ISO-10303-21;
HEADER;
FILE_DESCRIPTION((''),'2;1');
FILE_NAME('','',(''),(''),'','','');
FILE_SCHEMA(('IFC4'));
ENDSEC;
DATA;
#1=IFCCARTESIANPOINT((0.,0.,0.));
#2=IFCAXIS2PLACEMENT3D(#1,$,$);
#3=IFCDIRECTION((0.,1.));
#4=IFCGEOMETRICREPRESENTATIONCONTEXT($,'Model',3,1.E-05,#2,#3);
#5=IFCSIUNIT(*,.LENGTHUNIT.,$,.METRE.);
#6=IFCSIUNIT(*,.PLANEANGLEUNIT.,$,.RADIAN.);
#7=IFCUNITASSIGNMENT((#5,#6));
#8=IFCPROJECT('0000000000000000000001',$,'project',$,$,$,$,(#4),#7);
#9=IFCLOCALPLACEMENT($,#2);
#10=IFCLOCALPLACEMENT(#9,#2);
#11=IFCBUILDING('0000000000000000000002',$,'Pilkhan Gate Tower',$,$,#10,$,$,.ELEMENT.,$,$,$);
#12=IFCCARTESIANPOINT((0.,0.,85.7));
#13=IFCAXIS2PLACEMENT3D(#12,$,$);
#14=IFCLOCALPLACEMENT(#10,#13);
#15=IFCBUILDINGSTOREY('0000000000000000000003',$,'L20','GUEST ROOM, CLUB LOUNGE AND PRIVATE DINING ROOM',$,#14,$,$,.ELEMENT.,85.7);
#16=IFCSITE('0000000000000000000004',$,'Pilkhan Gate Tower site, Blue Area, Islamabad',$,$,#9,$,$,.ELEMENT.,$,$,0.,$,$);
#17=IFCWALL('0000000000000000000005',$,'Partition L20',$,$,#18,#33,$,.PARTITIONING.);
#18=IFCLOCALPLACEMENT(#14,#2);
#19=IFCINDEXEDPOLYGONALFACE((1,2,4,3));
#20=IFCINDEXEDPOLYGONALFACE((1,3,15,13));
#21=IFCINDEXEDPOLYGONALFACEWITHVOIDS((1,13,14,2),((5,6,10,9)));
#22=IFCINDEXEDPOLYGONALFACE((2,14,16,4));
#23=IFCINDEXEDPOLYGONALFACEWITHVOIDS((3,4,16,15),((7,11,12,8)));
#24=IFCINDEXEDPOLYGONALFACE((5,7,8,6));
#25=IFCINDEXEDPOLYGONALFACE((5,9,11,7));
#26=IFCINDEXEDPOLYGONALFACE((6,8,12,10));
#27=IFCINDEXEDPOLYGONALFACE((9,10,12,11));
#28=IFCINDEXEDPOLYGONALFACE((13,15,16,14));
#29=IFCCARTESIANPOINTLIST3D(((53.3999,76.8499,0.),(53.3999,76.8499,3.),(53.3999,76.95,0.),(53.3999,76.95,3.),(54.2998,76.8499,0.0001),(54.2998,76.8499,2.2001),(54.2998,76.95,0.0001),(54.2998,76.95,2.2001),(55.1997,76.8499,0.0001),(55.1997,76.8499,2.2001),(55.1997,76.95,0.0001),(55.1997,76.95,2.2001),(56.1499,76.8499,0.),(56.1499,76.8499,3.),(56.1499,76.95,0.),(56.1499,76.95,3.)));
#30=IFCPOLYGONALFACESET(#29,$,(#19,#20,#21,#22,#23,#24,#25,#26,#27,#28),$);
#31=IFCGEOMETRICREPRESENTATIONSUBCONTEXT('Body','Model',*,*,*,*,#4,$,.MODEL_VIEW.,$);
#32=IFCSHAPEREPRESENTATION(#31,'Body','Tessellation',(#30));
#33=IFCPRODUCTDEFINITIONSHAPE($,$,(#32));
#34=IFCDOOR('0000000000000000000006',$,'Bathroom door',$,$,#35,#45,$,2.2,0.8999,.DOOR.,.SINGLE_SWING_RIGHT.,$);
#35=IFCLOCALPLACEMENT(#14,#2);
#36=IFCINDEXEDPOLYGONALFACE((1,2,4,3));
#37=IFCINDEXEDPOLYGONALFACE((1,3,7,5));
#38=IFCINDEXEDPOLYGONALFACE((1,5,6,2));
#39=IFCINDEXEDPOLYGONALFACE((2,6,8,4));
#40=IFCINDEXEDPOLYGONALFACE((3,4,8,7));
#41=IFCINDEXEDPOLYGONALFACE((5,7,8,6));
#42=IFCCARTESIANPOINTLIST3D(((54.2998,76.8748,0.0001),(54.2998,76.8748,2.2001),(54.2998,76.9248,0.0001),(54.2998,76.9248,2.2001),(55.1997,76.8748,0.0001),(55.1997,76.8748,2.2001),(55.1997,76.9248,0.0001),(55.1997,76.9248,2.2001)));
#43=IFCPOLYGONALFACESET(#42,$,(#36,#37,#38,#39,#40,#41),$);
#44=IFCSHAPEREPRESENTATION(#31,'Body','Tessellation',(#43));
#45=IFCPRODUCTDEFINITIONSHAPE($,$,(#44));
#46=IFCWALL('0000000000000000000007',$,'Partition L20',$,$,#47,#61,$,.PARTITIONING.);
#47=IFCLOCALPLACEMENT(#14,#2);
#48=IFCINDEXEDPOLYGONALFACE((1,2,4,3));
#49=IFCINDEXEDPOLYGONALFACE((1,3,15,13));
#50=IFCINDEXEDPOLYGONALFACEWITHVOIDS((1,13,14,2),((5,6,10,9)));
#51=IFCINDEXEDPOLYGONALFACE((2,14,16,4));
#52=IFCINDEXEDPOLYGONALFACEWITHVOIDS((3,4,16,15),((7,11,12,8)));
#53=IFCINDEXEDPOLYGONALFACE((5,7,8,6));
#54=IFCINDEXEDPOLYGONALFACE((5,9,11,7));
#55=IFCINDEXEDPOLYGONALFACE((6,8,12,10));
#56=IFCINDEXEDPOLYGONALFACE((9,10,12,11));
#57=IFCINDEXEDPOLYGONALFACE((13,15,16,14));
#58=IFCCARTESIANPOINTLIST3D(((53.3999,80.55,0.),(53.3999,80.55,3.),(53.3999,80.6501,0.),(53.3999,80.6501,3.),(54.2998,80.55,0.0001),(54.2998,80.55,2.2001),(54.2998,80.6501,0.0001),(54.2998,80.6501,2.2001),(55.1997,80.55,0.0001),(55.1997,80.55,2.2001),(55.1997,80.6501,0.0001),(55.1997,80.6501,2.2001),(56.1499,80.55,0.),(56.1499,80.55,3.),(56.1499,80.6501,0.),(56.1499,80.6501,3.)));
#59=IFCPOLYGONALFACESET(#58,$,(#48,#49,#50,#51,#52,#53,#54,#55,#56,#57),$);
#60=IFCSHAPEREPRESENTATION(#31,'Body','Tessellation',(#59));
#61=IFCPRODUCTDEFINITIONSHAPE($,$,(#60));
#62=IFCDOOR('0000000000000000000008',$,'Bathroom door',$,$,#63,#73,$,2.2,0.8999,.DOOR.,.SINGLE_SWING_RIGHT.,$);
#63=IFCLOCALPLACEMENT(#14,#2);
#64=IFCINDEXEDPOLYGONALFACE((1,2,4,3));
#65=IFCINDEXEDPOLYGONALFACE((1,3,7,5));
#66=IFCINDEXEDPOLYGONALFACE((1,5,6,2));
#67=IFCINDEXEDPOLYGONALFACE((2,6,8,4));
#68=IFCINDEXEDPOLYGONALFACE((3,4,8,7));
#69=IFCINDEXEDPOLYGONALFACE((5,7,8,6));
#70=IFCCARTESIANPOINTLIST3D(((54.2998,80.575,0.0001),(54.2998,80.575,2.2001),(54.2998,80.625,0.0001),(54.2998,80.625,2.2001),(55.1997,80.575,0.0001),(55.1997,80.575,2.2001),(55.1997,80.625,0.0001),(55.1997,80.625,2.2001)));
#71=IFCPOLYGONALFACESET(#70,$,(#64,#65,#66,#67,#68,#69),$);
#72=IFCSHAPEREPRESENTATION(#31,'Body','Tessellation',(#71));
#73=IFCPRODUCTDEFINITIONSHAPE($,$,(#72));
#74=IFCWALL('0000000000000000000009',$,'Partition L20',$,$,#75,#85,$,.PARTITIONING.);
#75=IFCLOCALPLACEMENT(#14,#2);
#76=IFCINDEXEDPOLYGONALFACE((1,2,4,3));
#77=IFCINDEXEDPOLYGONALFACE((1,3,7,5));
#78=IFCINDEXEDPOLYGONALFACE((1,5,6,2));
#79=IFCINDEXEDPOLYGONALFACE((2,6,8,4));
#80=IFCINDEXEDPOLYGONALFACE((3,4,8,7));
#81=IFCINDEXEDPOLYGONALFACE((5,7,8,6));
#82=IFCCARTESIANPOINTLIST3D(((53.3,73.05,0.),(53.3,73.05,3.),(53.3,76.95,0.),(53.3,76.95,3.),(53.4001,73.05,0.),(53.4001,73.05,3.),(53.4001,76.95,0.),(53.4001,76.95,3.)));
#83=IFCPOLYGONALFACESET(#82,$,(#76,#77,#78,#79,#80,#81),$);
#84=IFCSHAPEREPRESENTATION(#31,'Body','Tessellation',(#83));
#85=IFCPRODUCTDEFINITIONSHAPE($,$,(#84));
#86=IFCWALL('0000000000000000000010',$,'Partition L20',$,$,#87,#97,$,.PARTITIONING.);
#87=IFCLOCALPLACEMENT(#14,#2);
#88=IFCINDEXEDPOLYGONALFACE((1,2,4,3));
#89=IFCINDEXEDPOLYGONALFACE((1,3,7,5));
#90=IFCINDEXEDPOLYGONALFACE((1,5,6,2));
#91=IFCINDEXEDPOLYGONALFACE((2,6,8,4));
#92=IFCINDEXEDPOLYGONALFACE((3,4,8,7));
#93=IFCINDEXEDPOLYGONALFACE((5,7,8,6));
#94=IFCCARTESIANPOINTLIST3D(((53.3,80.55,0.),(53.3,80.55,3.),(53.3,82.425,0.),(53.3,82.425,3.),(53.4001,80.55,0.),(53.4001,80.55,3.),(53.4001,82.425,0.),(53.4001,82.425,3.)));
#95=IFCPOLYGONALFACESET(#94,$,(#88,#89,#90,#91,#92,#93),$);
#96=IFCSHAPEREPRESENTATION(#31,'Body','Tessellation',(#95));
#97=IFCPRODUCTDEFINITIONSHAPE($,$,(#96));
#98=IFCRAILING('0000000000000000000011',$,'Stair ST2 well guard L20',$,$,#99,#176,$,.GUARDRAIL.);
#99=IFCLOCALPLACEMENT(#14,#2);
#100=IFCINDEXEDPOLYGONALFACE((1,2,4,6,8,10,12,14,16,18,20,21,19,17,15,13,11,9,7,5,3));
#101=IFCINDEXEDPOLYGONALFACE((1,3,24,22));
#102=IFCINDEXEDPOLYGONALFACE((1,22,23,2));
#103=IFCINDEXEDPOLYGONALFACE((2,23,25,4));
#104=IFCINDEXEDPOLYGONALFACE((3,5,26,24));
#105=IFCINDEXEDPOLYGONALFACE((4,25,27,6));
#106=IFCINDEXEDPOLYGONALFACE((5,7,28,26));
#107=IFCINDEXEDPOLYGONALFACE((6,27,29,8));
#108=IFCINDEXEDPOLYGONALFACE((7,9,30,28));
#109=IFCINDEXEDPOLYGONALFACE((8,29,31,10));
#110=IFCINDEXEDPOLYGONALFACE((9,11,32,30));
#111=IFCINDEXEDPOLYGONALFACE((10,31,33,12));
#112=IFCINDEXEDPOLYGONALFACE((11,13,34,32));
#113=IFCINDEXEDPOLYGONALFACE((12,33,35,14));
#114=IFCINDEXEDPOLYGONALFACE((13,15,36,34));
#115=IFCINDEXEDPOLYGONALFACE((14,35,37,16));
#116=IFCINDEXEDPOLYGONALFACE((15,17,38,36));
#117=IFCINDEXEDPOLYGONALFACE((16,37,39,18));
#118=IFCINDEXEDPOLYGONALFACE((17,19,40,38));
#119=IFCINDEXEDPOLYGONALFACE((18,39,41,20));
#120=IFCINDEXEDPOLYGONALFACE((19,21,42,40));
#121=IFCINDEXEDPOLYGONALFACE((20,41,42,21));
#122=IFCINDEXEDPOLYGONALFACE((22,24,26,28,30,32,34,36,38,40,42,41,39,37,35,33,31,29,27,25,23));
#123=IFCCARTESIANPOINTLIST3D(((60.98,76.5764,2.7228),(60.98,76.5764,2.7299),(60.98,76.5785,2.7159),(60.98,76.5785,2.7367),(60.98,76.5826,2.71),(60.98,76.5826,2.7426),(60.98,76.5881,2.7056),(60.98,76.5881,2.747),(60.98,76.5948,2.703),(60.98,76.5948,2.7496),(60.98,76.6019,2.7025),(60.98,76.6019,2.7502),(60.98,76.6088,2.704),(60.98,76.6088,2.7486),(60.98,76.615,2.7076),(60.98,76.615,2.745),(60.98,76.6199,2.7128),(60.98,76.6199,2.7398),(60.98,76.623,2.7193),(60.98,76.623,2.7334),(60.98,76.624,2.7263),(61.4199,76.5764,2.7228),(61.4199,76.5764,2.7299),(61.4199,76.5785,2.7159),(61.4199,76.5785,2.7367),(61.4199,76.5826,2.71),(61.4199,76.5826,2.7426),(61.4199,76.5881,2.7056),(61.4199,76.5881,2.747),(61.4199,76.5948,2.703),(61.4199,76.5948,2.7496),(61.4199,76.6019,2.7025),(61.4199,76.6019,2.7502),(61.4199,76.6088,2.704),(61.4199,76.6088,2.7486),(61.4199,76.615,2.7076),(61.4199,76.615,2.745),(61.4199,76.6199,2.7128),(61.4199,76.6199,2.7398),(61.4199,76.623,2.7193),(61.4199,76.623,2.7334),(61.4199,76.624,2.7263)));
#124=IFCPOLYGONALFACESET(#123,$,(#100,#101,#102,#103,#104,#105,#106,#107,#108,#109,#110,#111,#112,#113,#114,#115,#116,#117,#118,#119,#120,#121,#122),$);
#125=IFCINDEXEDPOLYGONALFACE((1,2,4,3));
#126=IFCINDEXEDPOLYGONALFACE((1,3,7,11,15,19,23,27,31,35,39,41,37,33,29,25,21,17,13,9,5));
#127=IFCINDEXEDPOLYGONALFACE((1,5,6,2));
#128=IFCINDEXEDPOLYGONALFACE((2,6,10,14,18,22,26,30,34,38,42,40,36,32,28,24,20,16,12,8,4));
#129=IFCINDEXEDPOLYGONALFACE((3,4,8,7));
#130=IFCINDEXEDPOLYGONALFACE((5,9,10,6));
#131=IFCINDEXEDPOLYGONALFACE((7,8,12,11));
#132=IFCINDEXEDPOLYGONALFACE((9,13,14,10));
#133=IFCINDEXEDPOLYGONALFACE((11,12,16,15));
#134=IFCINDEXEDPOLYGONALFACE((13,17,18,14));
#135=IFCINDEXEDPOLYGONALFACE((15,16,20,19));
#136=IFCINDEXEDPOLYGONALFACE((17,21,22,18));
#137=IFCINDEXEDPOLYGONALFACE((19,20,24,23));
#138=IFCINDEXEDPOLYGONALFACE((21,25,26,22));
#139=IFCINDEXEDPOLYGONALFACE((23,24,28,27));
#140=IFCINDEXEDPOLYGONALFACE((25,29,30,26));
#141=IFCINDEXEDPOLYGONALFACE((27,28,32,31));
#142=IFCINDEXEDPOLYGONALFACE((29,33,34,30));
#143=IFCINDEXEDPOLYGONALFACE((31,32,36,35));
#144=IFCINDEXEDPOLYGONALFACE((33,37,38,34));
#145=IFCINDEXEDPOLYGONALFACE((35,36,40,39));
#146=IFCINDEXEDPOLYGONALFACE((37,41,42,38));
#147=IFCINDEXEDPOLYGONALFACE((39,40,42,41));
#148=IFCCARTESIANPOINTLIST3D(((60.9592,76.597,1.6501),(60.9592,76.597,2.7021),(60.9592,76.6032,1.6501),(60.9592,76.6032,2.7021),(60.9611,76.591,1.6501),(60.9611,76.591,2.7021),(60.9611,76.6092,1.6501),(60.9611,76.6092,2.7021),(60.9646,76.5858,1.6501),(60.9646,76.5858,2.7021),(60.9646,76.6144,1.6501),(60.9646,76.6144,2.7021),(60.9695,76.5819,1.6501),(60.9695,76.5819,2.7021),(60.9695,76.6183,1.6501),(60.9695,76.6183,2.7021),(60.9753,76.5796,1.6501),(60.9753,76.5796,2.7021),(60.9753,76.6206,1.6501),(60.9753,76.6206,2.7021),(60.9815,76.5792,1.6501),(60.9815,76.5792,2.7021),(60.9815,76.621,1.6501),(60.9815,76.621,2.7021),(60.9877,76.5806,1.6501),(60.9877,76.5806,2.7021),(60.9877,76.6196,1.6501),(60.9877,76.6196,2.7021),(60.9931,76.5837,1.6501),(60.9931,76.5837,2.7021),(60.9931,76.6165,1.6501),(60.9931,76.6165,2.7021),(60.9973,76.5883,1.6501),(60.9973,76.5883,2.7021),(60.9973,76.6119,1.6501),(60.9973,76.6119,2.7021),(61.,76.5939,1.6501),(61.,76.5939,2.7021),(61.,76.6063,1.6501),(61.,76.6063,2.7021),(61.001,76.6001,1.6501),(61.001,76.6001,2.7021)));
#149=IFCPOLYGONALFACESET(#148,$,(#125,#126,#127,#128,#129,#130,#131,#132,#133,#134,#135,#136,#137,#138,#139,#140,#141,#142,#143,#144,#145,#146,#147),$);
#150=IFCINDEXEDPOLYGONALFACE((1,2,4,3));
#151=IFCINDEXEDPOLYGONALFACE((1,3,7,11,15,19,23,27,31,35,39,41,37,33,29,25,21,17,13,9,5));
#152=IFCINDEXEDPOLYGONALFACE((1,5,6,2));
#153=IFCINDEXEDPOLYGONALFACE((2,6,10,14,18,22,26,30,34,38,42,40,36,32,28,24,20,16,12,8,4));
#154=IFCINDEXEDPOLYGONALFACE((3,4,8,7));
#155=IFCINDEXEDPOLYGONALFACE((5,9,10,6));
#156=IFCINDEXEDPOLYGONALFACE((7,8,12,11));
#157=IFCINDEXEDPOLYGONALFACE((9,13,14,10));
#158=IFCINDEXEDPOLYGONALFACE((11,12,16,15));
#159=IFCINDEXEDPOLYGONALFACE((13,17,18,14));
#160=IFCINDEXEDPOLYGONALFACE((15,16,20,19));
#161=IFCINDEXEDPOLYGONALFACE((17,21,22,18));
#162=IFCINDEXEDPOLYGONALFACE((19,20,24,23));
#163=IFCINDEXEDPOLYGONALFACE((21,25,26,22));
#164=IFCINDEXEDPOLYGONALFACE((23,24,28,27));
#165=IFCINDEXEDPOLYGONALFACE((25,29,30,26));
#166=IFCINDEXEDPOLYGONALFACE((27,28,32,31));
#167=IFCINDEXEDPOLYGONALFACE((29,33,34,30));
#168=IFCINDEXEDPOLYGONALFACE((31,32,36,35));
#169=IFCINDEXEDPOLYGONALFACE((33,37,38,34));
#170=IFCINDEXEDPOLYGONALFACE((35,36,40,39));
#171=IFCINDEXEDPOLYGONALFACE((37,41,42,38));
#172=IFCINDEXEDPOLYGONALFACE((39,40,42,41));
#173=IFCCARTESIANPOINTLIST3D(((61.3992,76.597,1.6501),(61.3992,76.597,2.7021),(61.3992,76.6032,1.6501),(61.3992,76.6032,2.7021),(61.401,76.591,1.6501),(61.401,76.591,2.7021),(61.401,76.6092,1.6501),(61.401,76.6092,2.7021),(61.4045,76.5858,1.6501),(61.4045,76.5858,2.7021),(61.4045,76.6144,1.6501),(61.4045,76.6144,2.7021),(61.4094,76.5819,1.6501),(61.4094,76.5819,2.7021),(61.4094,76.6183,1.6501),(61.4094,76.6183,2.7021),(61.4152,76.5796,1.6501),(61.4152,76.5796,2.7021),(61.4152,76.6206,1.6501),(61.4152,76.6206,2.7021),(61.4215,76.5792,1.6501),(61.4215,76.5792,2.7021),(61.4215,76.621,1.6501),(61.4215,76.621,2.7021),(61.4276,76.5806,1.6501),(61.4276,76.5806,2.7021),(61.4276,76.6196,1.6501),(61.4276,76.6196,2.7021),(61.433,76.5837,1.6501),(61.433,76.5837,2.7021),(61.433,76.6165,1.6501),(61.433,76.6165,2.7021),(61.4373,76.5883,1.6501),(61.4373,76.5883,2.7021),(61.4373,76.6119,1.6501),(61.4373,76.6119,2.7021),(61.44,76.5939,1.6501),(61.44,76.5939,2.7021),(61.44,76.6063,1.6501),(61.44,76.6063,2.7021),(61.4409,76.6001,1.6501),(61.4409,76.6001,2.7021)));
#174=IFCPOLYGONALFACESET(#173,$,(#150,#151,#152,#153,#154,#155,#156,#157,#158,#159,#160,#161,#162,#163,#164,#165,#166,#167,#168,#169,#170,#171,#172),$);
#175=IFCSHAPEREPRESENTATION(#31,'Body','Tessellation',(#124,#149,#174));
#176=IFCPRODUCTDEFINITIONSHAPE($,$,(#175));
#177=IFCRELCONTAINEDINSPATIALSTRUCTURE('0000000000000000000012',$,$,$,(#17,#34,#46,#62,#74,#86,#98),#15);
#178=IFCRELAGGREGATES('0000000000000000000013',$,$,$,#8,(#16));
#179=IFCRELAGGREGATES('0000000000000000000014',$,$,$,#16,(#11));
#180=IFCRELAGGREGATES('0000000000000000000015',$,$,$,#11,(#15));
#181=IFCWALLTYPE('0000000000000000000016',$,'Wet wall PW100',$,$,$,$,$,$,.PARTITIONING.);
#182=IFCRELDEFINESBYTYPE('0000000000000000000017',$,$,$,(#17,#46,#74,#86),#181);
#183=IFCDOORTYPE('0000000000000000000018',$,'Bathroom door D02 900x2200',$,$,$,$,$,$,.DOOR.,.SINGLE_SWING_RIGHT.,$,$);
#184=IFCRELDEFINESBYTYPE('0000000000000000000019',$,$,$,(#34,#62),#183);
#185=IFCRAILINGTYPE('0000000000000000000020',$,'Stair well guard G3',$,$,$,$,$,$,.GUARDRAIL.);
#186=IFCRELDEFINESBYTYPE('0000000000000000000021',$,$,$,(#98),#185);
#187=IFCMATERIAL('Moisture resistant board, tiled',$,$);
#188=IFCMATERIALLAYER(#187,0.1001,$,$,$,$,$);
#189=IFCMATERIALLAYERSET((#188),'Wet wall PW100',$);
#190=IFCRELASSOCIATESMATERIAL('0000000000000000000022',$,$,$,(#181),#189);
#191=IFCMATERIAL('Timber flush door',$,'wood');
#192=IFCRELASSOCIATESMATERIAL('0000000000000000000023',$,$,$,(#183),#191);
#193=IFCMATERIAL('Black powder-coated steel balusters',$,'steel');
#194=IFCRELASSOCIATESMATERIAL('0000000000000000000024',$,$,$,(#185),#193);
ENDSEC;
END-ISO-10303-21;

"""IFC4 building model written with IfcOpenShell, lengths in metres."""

from ifc_helpers import new_model, si_unit, direction, frame, frame_2d, origin, origin_2d, place, context, subcontext, project, spatial, rectangle, circle, extrude, material, layer, layer_set, type_object, element, fill, save


model = new_model("IFC4")

# Units and contexts
model_context = context("Model", 3, precision=1e-05, world=origin(), true_north=direction((0.0, 1.0)))
body_context = subcontext(model_context, "Body", "Model", "MODEL_VIEW")
ifc_project = project(units=[si_unit("LENGTHUNIT", "METRE"), si_unit("PLANEANGLEUNIT", "RADIAN")], contexts=[model_context])

# Site, building, storey
site_placement = place(None, origin())
site = spatial("IfcSite", under=ifc_project, at=site_placement, Name="Pilkhan Gate Tower site, Blue Area, Islamabad", CompositionType="ELEMENT", RefElevation=0.0)
building_placement = place(site_placement, origin())
building = spatial("IfcBuilding", under=site, at=building_placement, Name="Pilkhan Gate Tower", CompositionType="ELEMENT")
storey_placement = place(building_placement, frame((0.0, 0.0, 85.7)))
storey = spatial("IfcBuildingStorey", under=building, at=storey_placement, Name="L20", Description="GUEST ROOM, CLUB LOUNGE AND PRIVATE DINING ROOM", CompositionType="ELEMENT", Elevation=85.7)

# Shared definitions
ifc_material_1 = material(Name="Moisture resistant board, tiled")
ifc_layer_1 = layer(ifc_material_1, 0.1001)
ifc_layer_set_1 = layer_set([ifc_layer_1], Name="Wet wall PW100")
wall_type_1 = type_object("IfcWallType", Name="Wet wall PW100", PredefinedType="PARTITIONING", material=ifc_layer_set_1)

# Shared definitions
ifc_material_2 = material(Name="Timber flush door", Category="wood")
door_type = type_object("IfcDoorType", Name="Bathroom door D02 900x2200", OperationType="SINGLE_SWING_RIGHT", PredefinedType="DOOR", material=ifc_material_2)

# Walls, openings, doors
wall_1_placement = place(storey_placement, frame((53.3999, 76.8999, 0.0), z_axis=(0.0, 0.0, 1.0), x_axis=(1.0, 0.0, 0.0)))
wall_1 = element("IfcWall", 1, at=wall_1_placement, inside=storey, type_object=wall_type_1, Name="Partition L20", PredefinedType="PARTITIONING", context=body_context, shape_type="SweptSolid", body=[
    extrude(rectangle(XDim=2.75, YDim=0.1001, at=frame_2d((1.375, 0.0))), origin(), (0.0, 0.0, 1.0), 3.0),
])
opening_1_placement = place(wall_1_placement, frame((0.8999, 0.0, 0.0)))
opening_1 = element("IfcOpeningElement", 2, at=opening_1_placement, cuts=wall_1, PredefinedType="OPENING", context=body_context, shape_type="SweptSolid", body=[
    extrude(rectangle(XDim=0.8999, YDim=2.2, at=frame_2d((0.45, 1.1001))), frame((0.0, 0.0601, 0.0), z_axis=(0.0, -1.0, 0.0), x_axis=(1.0, 0.0, 0.0)), (0.0, 0.0, 1.0), 0.1201),
])
door_1_placement = place(opening_1_placement, origin())
door_1 = element("IfcDoor", 3, at=door_1_placement, inside=storey, type_object=door_type, Name="Bathroom door", OperationType="SINGLE_SWING_RIGHT", OverallHeight=2.2, OverallWidth=0.8999, PredefinedType="DOOR", context=body_context, shape_type="SweptSolid", body=[
    extrude(rectangle(XDim=0.8999, YDim=2.2, at=frame_2d((0.45, 1.1001))), frame((0.0, 0.0249, 0.0), z_axis=(0.0, -1.0, 0.0), x_axis=(1.0, 0.0, 0.0)), (0.0, 0.0, 1.0), 0.05),
])
fill(opening_1, door_1)
wall_2_placement = place(storey_placement, frame((53.3999, 80.6001, 0.0), z_axis=(0.0, 0.0, 1.0), x_axis=(1.0, 0.0, 0.0)))
wall_2 = element("IfcWall", 4, at=wall_2_placement, inside=storey, type_object=wall_type_1, Name="Partition L20", PredefinedType="PARTITIONING", context=body_context, shape_type="SweptSolid", body=[
    extrude(rectangle(XDim=2.75, YDim=0.1001, at=frame_2d((1.375, 0.0))), origin(), (0.0, 0.0, 1.0), 3.0),
])
opening_2_placement = place(wall_2_placement, frame((0.8999, 0.0, 0.0)))
opening_2 = element("IfcOpeningElement", 5, at=opening_2_placement, cuts=wall_2, PredefinedType="OPENING", context=body_context, shape_type="SweptSolid", body=[
    extrude(rectangle(XDim=0.8999, YDim=2.2, at=frame_2d((0.45, 1.1001))), frame((0.0, 0.0601, 0.0), z_axis=(0.0, -1.0, 0.0), x_axis=(1.0, 0.0, 0.0)), (0.0, 0.0, 1.0), 0.1201),
])
door_2_placement = place(opening_2_placement, origin())
door_2 = element("IfcDoor", 6, at=door_2_placement, inside=storey, type_object=door_type, Name="Bathroom door", OperationType="SINGLE_SWING_RIGHT", OverallHeight=2.2, OverallWidth=0.8999, PredefinedType="DOOR", context=body_context, shape_type="SweptSolid", body=[
    extrude(rectangle(XDim=0.8999, YDim=2.2, at=frame_2d((0.45, 1.1001))), frame((0.0, 0.0249, 0.0), z_axis=(0.0, -1.0, 0.0), x_axis=(1.0, 0.0, 0.0)), (0.0, 0.0, 1.0), 0.05),
])
fill(opening_2, door_2)

# Walls
wall_3_placement = place(storey_placement, frame((53.3501, 73.05, 0.0), z_axis=(0.0, 0.0, 1.0), x_axis=(0.0, 1.0, 0.0)))
element("IfcWall", 7, at=wall_3_placement, inside=storey, type_object=wall_type_1, Name="Partition L20", PredefinedType="PARTITIONING", context=body_context, shape_type="SweptSolid", body=[
    extrude(rectangle(XDim=3.8999, YDim=0.1001, at=frame_2d((1.95, 0.0))), origin(), (0.0, 0.0, 1.0), 3.0),
])
wall_4_placement = place(storey_placement, frame((53.3501, 80.55, 0.0), z_axis=(0.0, 0.0, 1.0), x_axis=(0.0, 1.0, 0.0)))
element("IfcWall", 8, at=wall_4_placement, inside=storey, type_object=wall_type_1, Name="Partition L20", PredefinedType="PARTITIONING", context=body_context, shape_type="SweptSolid", body=[
    extrude(rectangle(XDim=1.875, YDim=0.1001, at=frame_2d((0.9375, 0.0))), origin(), (0.0, 0.0, 1.0), 3.0),
])

# Railing
ifc_material_3 = material(Name="Black powder-coated steel balusters", Category="steel")
railing_type = type_object("IfcRailingType", Name="Stair well guard G3", PredefinedType="GUARDRAIL", material=ifc_material_3)
railing_placement = place(storey_placement, frame((60.98, 76.6001, 1.6501)))
element("IfcRailing", 9, at=railing_placement, inside=storey, type_object=railing_type, Name="Stair ST2 well guard L20", PredefinedType="GUARDRAIL", context=body_context, shape_type="SweptSolid", body=[
    extrude(circle(Radius=0.0239, at=origin_2d()), frame((0.0, 0.0, 1.0762), z_axis=(1.0, 0.0, 0.0), x_axis=(0.0, 1.0, 0.0)), (0.0, 0.0, 1.0), 0.4399),
    extrude(circle(Radius=0.021, at=origin_2d()), origin(), (0.0, 0.0, 1.0), 1.052),
    extrude(circle(Radius=0.021, at=origin_2d()), frame((0.4399, 0.0, 0.0)), (0.0, 0.0, 1.0), 1.052),
])

save(model, "model.ifc")
